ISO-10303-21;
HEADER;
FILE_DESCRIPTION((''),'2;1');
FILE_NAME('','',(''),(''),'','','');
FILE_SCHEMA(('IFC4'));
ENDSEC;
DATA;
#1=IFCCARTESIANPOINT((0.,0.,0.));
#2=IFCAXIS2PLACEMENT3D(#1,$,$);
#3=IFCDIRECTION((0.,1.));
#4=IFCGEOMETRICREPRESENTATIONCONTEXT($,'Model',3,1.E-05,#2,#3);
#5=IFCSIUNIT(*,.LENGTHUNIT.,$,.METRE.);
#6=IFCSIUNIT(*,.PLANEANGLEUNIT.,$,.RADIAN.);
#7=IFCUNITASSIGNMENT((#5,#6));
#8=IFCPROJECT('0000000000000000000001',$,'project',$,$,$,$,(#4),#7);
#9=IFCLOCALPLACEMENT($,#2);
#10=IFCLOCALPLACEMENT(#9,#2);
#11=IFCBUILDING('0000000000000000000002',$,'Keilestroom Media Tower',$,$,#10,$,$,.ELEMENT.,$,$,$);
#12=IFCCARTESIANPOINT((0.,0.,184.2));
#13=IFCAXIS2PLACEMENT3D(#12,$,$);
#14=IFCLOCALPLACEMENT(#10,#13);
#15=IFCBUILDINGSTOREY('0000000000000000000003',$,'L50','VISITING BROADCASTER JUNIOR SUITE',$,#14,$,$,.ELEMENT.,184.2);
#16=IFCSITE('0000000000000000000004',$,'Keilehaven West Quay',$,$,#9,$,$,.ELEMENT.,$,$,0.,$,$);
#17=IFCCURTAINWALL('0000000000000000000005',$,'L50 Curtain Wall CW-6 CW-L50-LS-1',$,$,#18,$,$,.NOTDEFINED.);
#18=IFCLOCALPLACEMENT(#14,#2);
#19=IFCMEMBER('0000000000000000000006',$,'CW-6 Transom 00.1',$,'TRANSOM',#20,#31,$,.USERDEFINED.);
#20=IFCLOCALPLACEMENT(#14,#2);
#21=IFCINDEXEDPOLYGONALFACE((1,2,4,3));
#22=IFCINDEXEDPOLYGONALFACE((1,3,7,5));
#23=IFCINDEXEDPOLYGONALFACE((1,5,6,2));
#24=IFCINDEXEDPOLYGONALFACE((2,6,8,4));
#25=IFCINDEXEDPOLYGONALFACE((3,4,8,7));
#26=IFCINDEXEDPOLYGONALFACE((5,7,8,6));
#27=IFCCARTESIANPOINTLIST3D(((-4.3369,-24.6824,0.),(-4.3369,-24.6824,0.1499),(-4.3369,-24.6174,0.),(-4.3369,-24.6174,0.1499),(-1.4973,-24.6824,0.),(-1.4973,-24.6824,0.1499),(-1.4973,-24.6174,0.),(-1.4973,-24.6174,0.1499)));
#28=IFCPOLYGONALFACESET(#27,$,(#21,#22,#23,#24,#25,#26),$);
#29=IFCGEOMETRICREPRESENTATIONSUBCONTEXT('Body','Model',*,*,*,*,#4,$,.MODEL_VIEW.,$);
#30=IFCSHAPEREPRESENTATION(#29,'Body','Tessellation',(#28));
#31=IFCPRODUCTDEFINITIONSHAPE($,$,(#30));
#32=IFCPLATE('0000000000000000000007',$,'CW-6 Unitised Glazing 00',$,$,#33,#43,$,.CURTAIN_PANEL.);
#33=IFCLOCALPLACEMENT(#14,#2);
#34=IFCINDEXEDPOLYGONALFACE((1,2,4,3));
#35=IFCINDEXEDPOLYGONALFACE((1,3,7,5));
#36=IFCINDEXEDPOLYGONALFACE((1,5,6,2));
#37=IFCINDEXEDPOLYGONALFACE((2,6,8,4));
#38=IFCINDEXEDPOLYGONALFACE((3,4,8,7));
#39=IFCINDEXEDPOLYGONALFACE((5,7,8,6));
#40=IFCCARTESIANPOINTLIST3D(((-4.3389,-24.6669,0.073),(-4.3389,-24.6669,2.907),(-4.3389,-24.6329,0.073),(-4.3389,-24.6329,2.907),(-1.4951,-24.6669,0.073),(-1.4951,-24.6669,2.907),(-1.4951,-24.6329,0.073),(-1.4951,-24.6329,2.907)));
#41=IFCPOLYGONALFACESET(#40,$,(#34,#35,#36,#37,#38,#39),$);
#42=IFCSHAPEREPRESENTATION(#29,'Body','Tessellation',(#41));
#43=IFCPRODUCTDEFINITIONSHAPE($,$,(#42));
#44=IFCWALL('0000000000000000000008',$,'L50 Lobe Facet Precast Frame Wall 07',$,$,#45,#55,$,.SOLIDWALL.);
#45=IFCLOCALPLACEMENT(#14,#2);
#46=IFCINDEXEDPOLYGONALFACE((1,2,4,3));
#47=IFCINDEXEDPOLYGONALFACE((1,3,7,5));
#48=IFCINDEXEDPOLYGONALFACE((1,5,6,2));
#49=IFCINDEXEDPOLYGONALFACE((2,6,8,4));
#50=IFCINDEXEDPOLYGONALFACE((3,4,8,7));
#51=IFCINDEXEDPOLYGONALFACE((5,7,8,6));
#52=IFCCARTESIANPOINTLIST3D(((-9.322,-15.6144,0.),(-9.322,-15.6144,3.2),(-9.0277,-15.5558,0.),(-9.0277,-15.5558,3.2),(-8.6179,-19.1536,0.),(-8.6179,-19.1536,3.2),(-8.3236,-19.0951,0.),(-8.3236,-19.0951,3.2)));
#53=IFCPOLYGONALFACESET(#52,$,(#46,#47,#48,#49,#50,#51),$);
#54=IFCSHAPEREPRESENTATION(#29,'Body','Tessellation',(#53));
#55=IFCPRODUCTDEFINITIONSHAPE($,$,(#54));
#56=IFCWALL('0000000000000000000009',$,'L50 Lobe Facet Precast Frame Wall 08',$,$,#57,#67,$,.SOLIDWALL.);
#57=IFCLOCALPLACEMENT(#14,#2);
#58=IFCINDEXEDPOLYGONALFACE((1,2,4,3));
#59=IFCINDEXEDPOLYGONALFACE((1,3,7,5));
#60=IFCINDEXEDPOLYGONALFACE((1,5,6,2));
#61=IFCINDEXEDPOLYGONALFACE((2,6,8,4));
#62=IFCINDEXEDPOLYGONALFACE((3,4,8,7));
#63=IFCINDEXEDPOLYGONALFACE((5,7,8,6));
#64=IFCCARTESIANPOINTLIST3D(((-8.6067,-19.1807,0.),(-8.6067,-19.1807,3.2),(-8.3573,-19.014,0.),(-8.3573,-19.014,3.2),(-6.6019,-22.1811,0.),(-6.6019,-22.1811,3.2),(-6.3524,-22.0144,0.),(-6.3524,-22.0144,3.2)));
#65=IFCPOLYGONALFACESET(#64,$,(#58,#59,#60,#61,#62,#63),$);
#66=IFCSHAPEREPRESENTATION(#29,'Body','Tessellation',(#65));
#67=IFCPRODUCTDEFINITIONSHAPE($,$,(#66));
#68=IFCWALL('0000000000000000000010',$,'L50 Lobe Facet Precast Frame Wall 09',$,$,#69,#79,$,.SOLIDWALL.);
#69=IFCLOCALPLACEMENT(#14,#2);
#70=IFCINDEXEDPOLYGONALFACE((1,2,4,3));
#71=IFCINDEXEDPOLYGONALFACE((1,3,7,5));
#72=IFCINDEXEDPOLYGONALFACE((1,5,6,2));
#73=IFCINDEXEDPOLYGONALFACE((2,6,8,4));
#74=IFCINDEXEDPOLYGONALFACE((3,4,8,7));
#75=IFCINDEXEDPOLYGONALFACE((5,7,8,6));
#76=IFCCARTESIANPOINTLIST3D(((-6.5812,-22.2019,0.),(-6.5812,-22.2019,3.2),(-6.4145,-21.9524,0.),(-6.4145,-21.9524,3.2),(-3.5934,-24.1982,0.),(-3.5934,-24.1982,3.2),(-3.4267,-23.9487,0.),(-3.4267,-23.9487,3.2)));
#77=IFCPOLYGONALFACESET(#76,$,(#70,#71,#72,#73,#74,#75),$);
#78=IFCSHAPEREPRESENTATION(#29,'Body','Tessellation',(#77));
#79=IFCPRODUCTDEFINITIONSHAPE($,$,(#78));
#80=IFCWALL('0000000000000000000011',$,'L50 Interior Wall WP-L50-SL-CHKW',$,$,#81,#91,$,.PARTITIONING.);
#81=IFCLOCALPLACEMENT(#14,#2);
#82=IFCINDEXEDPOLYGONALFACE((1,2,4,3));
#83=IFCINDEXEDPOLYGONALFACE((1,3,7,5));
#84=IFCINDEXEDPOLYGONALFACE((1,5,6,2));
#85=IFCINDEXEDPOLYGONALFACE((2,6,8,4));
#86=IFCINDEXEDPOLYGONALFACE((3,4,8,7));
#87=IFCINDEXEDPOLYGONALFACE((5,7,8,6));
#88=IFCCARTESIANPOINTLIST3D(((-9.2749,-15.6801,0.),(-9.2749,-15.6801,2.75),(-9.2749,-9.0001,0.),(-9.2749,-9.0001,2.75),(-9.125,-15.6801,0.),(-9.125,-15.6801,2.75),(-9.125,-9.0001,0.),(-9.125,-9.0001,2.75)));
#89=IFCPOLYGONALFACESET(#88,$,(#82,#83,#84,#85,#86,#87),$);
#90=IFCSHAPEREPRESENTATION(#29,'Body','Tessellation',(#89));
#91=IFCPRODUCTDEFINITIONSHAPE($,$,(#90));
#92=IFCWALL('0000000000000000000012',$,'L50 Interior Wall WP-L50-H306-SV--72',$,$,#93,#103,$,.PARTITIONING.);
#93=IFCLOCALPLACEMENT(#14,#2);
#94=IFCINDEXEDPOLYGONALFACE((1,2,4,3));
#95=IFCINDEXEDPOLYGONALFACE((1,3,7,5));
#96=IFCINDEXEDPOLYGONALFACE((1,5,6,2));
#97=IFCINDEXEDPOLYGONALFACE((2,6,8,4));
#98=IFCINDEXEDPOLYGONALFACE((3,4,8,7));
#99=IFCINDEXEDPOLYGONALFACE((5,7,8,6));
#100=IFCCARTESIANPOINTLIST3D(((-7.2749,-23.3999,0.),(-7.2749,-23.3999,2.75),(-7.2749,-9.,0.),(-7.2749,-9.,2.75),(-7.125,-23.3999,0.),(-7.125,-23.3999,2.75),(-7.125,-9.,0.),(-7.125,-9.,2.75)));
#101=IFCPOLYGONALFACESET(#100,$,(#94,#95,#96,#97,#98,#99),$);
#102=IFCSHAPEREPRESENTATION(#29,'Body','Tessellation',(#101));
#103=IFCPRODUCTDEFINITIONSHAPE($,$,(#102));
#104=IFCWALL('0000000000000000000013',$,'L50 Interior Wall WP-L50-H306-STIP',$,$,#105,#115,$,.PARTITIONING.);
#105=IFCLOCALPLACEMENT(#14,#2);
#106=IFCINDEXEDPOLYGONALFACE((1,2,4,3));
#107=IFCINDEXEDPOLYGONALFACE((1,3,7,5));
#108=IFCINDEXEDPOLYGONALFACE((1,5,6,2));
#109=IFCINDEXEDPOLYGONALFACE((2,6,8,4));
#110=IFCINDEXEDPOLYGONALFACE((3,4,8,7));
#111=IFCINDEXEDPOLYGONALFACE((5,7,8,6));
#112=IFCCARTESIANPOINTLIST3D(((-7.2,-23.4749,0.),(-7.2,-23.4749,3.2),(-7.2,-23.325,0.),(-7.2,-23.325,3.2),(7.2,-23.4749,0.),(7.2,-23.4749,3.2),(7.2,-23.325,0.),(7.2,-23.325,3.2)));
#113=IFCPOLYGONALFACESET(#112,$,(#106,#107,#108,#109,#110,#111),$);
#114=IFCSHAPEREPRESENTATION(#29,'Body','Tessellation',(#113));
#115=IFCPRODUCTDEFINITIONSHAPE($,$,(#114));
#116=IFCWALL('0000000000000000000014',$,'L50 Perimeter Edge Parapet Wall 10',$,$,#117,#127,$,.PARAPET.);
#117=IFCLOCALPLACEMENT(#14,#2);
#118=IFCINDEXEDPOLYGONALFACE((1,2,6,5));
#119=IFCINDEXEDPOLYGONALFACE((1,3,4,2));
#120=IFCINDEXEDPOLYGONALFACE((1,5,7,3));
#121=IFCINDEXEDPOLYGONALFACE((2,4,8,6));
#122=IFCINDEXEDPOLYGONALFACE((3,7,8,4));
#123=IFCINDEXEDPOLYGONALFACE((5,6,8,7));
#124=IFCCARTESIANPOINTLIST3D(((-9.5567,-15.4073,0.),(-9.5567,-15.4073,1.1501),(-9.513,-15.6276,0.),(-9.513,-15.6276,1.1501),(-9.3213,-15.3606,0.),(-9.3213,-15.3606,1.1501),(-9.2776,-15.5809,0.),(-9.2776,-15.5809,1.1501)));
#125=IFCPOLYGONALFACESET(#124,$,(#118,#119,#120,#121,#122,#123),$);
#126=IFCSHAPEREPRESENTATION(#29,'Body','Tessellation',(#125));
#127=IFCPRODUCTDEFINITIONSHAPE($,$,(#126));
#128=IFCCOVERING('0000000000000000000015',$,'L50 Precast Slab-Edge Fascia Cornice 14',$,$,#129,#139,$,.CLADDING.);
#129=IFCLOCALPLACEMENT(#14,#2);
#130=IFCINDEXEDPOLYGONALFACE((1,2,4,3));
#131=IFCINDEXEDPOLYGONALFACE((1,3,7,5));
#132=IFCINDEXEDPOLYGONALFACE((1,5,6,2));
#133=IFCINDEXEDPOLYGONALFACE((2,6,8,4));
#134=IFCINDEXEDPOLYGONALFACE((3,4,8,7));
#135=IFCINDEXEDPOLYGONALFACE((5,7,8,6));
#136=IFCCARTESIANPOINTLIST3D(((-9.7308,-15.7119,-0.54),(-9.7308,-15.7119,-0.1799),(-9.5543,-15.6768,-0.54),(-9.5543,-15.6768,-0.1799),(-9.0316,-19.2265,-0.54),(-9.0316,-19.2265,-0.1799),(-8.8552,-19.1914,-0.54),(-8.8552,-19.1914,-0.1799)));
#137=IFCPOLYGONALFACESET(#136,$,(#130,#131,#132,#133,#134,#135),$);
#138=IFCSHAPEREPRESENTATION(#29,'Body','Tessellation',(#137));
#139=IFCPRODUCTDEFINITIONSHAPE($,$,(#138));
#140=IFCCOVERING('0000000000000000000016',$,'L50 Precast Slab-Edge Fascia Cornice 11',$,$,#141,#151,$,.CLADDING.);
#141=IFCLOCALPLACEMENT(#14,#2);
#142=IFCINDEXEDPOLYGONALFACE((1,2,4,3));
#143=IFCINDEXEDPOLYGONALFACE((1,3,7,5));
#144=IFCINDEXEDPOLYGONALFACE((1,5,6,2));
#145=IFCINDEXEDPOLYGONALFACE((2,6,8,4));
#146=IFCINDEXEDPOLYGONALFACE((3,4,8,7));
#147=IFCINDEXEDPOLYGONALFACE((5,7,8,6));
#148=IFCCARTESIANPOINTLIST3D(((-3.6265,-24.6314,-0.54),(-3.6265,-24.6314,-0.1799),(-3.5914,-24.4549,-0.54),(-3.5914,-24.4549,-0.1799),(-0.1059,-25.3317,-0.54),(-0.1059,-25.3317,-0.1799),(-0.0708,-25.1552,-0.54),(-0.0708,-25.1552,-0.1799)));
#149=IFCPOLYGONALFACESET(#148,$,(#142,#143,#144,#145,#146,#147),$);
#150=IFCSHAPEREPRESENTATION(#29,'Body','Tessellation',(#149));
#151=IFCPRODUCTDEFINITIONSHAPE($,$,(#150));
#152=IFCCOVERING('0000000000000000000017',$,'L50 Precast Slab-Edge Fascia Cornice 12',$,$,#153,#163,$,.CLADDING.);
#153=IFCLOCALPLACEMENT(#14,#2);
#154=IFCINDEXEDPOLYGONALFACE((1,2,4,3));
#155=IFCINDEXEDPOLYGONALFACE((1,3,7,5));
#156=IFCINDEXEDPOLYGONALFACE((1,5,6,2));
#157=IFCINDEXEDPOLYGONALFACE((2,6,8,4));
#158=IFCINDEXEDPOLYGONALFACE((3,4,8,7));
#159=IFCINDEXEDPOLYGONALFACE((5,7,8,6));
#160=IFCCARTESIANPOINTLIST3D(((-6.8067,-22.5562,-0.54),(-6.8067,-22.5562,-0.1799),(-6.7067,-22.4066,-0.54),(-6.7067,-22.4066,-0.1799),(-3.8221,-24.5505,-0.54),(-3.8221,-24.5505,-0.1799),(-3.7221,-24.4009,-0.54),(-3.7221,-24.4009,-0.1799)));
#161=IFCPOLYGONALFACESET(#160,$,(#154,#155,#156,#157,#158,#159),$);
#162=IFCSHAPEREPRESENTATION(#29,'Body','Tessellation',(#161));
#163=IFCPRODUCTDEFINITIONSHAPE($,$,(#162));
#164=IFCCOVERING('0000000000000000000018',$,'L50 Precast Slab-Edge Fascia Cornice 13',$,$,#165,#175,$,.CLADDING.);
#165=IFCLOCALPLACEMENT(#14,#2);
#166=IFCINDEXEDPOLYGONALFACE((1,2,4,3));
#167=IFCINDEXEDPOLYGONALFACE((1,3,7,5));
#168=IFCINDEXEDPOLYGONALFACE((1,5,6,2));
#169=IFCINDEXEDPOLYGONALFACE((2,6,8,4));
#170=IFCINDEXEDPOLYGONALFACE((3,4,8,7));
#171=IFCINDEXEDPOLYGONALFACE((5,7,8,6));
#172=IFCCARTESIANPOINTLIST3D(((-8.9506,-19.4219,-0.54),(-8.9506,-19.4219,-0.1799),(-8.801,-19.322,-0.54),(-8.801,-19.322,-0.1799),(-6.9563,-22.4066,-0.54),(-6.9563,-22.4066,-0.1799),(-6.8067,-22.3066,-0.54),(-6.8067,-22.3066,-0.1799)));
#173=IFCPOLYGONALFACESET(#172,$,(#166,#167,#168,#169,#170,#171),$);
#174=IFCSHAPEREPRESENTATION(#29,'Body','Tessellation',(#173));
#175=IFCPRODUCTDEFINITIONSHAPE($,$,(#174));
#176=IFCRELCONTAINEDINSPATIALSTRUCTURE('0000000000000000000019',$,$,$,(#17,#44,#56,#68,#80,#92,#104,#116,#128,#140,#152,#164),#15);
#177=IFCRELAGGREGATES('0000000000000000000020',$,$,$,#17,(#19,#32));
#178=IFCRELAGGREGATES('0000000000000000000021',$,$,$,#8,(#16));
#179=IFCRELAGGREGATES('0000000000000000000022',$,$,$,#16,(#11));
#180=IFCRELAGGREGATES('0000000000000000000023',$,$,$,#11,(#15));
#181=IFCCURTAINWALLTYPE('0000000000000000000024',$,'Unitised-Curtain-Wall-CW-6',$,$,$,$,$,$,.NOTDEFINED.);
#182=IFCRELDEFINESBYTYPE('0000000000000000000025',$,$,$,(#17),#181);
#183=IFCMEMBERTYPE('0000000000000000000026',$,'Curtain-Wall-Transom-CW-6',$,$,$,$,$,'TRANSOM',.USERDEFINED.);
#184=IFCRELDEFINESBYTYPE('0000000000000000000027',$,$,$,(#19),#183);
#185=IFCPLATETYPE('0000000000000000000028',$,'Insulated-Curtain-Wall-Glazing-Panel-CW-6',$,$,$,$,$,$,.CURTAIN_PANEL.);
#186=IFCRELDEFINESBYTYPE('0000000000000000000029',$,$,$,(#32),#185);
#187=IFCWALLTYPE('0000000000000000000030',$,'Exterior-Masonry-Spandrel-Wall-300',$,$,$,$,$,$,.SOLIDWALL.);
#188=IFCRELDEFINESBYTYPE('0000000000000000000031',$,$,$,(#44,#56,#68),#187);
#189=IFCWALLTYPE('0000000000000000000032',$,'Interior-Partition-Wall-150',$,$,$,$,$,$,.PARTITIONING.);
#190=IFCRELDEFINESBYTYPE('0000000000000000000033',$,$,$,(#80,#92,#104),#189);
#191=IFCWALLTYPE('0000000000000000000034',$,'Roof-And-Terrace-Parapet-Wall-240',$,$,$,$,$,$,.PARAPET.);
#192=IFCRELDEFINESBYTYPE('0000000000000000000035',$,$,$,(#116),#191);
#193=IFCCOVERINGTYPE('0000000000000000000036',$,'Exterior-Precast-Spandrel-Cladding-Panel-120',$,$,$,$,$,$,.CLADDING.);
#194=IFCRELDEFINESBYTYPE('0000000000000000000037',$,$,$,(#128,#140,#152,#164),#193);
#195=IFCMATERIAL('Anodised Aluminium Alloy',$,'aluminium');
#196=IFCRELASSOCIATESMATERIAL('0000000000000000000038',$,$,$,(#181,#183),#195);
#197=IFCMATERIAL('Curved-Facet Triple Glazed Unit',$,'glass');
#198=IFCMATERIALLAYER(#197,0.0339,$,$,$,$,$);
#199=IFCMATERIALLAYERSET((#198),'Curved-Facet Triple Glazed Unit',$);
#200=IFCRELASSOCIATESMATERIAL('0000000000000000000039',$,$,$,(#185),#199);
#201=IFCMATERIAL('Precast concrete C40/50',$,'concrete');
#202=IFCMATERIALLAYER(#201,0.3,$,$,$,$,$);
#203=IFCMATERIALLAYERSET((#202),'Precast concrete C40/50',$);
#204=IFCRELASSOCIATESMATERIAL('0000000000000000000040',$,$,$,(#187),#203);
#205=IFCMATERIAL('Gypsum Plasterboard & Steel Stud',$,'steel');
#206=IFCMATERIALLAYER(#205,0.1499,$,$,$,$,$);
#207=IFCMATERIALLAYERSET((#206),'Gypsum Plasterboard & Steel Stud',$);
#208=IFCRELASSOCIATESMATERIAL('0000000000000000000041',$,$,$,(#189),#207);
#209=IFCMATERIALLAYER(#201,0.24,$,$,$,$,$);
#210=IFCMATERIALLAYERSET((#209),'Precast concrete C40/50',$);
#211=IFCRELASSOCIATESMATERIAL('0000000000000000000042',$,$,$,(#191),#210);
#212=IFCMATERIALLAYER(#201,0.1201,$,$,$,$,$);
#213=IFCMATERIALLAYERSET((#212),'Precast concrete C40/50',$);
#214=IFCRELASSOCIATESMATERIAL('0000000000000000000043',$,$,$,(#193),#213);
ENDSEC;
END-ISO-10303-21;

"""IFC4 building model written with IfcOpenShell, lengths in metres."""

from ifc_helpers import new_model, si_unit, direction, frame, frame_2d, origin, origin_2d, place, context, subcontext, project, spatial, rectangle, extrude, source, transform, mapped, material, layer, layer_set, material_profile, profile_set, type_object, element, aggregate, save


model = new_model("IFC4")

# Units and contexts
model_context = context("Model", 3, precision=1e-05, world=origin(), true_north=direction((0.0, 1.0)))
body_context = subcontext(model_context, "Body", "Model", "MODEL_VIEW")
ifc_project = project(units=[si_unit("LENGTHUNIT", "METRE"), si_unit("PLANEANGLEUNIT", "RADIAN")], contexts=[model_context])

# Site, building, storey
site_placement = place(None, origin())
site = spatial("IfcSite", under=ifc_project, at=site_placement, Name="Keilehaven West Quay", CompositionType="ELEMENT", RefElevation=0.0)
building_placement = place(site_placement, origin())
building = spatial("IfcBuilding", under=site, at=building_placement, Name="Keilestroom Media Tower", CompositionType="ELEMENT")
storey_placement = place(building_placement, frame((0.0, 0.0, 184.2)))
storey = spatial("IfcBuildingStorey", under=building, at=storey_placement, Name="L50", Description="VISITING BROADCASTER JUNIOR SUITE", CompositionType="ELEMENT", Elevation=184.2)

# Curtain wall, member, plate
ifc_material_1 = material(Name="Anodised Aluminium Alloy", Category="aluminium")
curtain_wall_type = type_object("IfcCurtainWallType", Name="Unitised-Curtain-Wall-CW-6", PredefinedType="NOTDEFINED", material=ifc_material_1)
curtain_wall_placement = place(storey_placement, origin())
curtain_wall = element("IfcCurtainWall", 1, at=curtain_wall_placement, inside=storey, type_object=curtain_wall_type, Name="L50 Curtain Wall CW-6 CW-L50-LS-1", PredefinedType="NOTDEFINED")
ifc_material_profile_1 = material_profile(ifc_material_1, rectangle(XDim=0.0649, YDim=0.1499, at=origin_2d()), Name="ALU TRANSOM 65x150")
ifc_profile_set_1 = profile_set([ifc_material_profile_1], Name="Anodised Aluminium Alloy")
member_type_1 = type_object("IfcMemberType", Name="Curtain-Wall-Transom-CW-6", ElementType="TRANSOM", PredefinedType="USERDEFINED", material=ifc_profile_set_1)
shared_shape_1 = source(origin(), body_context, "Body", "SweptSolid", [
    extrude(rectangle(XDim=0.0649, YDim=0.1499, at=origin_2d()), origin(), (0.0, 0.0, 1.0), 2.8396),
])
member_1_placement = place(storey_placement, frame((-4.3369, -24.6499, 0.075), z_axis=(1.0, 0.0, 0.0), x_axis=(0.0, 1.0, 0.0)))
member_1 = element("IfcMember", 2, at=member_1_placement, type_object=member_type_1, Name="CW-6 Transom 00.1", ObjectType="TRANSOM", PredefinedType="USERDEFINED", context=body_context, shape_type="MappedRepresentation", body=[
    mapped(shared_shape_1, transform((0.0, 0.0, 0.0), x_axis=(1.0, 0.0, 0.0), y_axis=(0.0, 1.0, 0.0), z_axis=(0.0, 0.0, 1.0), scale=1.0)),
])
ifc_material_2 = material(Name="Curved-Facet Triple Glazed Unit", Category="glass")
ifc_layer_1 = layer(ifc_material_2, 0.0339)
ifc_layer_set_1 = layer_set([ifc_layer_1], Name="Curved-Facet Triple Glazed Unit")
plate_type = type_object("IfcPlateType", Name="Insulated-Curtain-Wall-Glazing-Panel-CW-6", PredefinedType="CURTAIN_PANEL", material=ifc_layer_set_1)
shared_shape_2 = source(origin(), body_context, "Body", "SweptSolid", [
    extrude(rectangle(XDim=2.8438, YDim=0.0339, at=origin_2d()), origin(), (0.0, 0.0, 1.0), 2.834),
])
plate_placement = place(storey_placement, frame((-2.917, -24.6499, 0.073), z_axis=(0.0, 0.0, 1.0), x_axis=(1.0, 0.0, 0.0)))
plate = element("IfcPlate", 3, at=plate_placement, type_object=plate_type, Name="CW-6 Unitised Glazing 00", PredefinedType="CURTAIN_PANEL", context=body_context, shape_type="MappedRepresentation", body=[
    mapped(shared_shape_2, transform((0.0, 0.0, 0.0), x_axis=(1.0, 0.0, 0.0), y_axis=(0.0, 1.0, 0.0), z_axis=(0.0, 0.0, 1.0), scale=1.0)),
])
aggregate(curtain_wall, [member_1, plate])

# Walls
ifc_material_3 = material(Name="Precast concrete C40/50", Category="concrete")
ifc_layer_2 = layer(ifc_material_3, 0.3)
ifc_layer_set_2 = layer_set([ifc_layer_2], Name="Precast concrete C40/50")
wall_type_1 = type_object("IfcWallType", Name="Exterior-Masonry-Spandrel-Wall-300", PredefinedType="SOLIDWALL", material=ifc_layer_set_2)
for number, where, z_axis, x_axis, name in (
    (4, (-9.1748, -15.5852, 0.0), (0.0, 0.0, 1.0), (0.195114, -0.980781, 0.0), "L50 Lobe Facet Precast Frame Wall 07"),
    (5, (-8.4819, -19.0974, 0.0), (0.0, 0.0, 1.0), (0.555574, -0.831467, 0.0), "L50 Lobe Facet Precast Frame Wall 08"),
):
    element("IfcWall", number, at=place(storey_placement, frame(where, z_axis=z_axis, x_axis=x_axis)), inside=storey, type_object=wall_type_1, Name=name, PredefinedType="SOLIDWALL", context=body_context, shape_type="SweptSolid", body=[
        extrude(rectangle(XDim=3.6086, YDim=0.3, at=frame_2d((1.8042, 0.0))), origin(), (0.0, 0.0, 1.0), 3.2),
    ])
wall_1_placement = place(storey_placement, frame((-6.4978, -22.0771, 0.0), z_axis=(0.0, 0.0, 1.0), x_axis=(0.831475, -0.555562, 0.0)))
element("IfcWall", 6, at=wall_1_placement, inside=storey, type_object=wall_type_1, Name="L50 Lobe Facet Precast Frame Wall 09", PredefinedType="SOLIDWALL", context=body_context, shape_type="SweptSolid", body=[
    extrude(rectangle(XDim=3.5933, YDim=0.3, at=frame_2d((1.7966, 0.0))), origin(), (0.0, 0.0, 1.0), 3.2),
])
ifc_material_4 = material(Name="Gypsum Plasterboard & Steel Stud", Category="steel")
ifc_layer_3 = layer(ifc_material_4, 0.1499)
ifc_layer_set_3 = layer_set([ifc_layer_3], Name="Gypsum Plasterboard & Steel Stud")
wall_type_2 = type_object("IfcWallType", Name="Interior-Partition-Wall-150", PredefinedType="PARTITIONING", material=ifc_layer_set_3)
wall_2_placement = place(storey_placement, frame((-9.2, -15.6799, 0.0), z_axis=(0.0, 0.0, 1.0), x_axis=(0.0, 1.0, 0.0)))
element("IfcWall", 7, at=wall_2_placement, inside=storey, type_object=wall_type_2, Name="L50 Interior Wall WP-L50-SL-CHKW", PredefinedType="PARTITIONING", context=body_context, shape_type="SweptSolid", body=[
    extrude(rectangle(XDim=6.6799, YDim=0.1499, at=frame_2d((3.3398, 0.0))), origin(), (0.0, 0.0, 1.0), 2.75),
])
wall_3_placement = place(storey_placement, frame((-7.2, -23.3999, 0.0), z_axis=(0.0, 0.0, 1.0), x_axis=(0.0, 1.0, 0.0)))
element("IfcWall", 8, at=wall_3_placement, inside=storey, type_object=wall_type_2, Name="L50 Interior Wall WP-L50-H306-SV--72", PredefinedType="PARTITIONING", context=body_context, shape_type="SweptSolid", body=[
    extrude(rectangle(XDim=14.3999, YDim=0.1499, at=frame_2d((7.2, 0.0))), origin(), (0.0, 0.0, 1.0), 2.75),
])
wall_4_placement = place(storey_placement, frame((-7.2, -23.3999, 0.0), z_axis=(0.0, 0.0, 1.0), x_axis=(1.0, 0.0, 0.0)))
element("IfcWall", 9, at=wall_4_placement, inside=storey, type_object=wall_type_2, Name="L50 Interior Wall WP-L50-H306-STIP", PredefinedType="PARTITIONING", context=body_context, shape_type="SweptSolid", body=[
    extrude(rectangle(XDim=14.3999, YDim=0.1499, at=frame_2d((7.2, 0.0))), origin(), (0.0, 0.0, 1.0), 3.2),
])
ifc_layer_4 = layer(ifc_material_3, 0.24)
ifc_layer_set_4 = layer_set([ifc_layer_4], Name="Precast concrete C40/50")
wall_type_3 = type_object("IfcWallType", Name="Roof-And-Terrace-Parapet-Wall-240", PredefinedType="PARAPET", material=ifc_layer_set_4)
wall_5_placement = place(storey_placement, frame((-9.3953, -15.6042, 0.0), z_axis=(0.0, 0.0, 1.0), x_axis=(-0.194652, 0.980872, 0.0)))
element("IfcWall", 10, at=wall_5_placement, inside=storey, type_object=wall_type_3, Name="L50 Perimeter Edge Parapet Wall 10", PredefinedType="PARAPET", context=body_context, shape_type="SweptSolid", body=[
    extrude(rectangle(XDim=0.2246, YDim=0.24, at=frame_2d((0.1123, 0.0))), origin(), (0.0, 0.0, 1.0), 1.1501),
])

# Coverings
ifc_layer_5 = layer(ifc_material_3, 0.1201)
ifc_layer_set_5 = layer_set([ifc_layer_5], Name="Precast concrete C40/50")
covering_type = type_object("IfcCoveringType", Name="Exterior-Precast-Spandrel-Cladding-Panel-120", PredefinedType="CLADDING", material=ifc_layer_set_5)
shared_shape_3 = source(origin(), body_context, "Body", "SweptSolid", [
    extrude(rectangle(XDim=3.5835, YDim=0.1799, at=origin_2d()), origin(), (0.0, 0.0, 1.0), 0.3601),
])
covering_placement = place(storey_placement, frame((-9.293, -17.4517, -0.54), z_axis=(0.0, 0.0, 1.0), x_axis=(-0.195099, 0.980784, 0.0)))
element("IfcCovering", 11, at=covering_placement, inside=storey, type_object=covering_type, Name="L50 Precast Slab-Edge Fascia Cornice 14", PredefinedType="CLADDING", context=body_context, shape_type="MappedRepresentation", body=[
    mapped(shared_shape_3, transform((0.0, 0.0, 0.0), x_axis=(1.0, 0.0, 0.0), y_axis=(0.0, 1.0, 0.0), z_axis=(0.0, 0.0, 1.0), scale=1.0)),
])
shared_shape_4 = source(origin(), body_context, "Body", "SweptSolid", [
    extrude(rectangle(XDim=3.5896, YDim=0.1799, at=origin_2d()), origin(), (0.0, 0.0, 1.0), 0.3601),
])
for number, where, z_axis, x_axis, name in (
    (12, (-1.8486, -24.8933, -0.54), (0.0, 0.0, 1.0), (-0.980784, 0.195099, 0.0), "L50 Precast Slab-Edge Fascia Cornice 11"),
    (13, (-5.2644, -23.4785, -0.54), (0.0, 0.0, 1.0), (-0.831467, 0.555575, 0.0), "L50 Precast Slab-Edge Fascia Cornice 12"),
    (14, (-7.8787, -20.8643, -0.54), (0.0, 0.0, 1.0), (-0.555575, 0.831467, 0.0), "L50 Precast Slab-Edge Fascia Cornice 13"),
):
    element("IfcCovering", number, at=place(storey_placement, frame(where, z_axis=z_axis, x_axis=x_axis)), inside=storey, type_object=covering_type, Name=name, PredefinedType="CLADDING", context=body_context, shape_type="MappedRepresentation", body=[
        mapped(shared_shape_4, transform((0.0, 0.0, 0.0), x_axis=(1.0, 0.0, 0.0), y_axis=(0.0, 1.0, 0.0), z_axis=(0.0, 0.0, 1.0), scale=1.0)),
    ])

save(model, "model.ifc")
